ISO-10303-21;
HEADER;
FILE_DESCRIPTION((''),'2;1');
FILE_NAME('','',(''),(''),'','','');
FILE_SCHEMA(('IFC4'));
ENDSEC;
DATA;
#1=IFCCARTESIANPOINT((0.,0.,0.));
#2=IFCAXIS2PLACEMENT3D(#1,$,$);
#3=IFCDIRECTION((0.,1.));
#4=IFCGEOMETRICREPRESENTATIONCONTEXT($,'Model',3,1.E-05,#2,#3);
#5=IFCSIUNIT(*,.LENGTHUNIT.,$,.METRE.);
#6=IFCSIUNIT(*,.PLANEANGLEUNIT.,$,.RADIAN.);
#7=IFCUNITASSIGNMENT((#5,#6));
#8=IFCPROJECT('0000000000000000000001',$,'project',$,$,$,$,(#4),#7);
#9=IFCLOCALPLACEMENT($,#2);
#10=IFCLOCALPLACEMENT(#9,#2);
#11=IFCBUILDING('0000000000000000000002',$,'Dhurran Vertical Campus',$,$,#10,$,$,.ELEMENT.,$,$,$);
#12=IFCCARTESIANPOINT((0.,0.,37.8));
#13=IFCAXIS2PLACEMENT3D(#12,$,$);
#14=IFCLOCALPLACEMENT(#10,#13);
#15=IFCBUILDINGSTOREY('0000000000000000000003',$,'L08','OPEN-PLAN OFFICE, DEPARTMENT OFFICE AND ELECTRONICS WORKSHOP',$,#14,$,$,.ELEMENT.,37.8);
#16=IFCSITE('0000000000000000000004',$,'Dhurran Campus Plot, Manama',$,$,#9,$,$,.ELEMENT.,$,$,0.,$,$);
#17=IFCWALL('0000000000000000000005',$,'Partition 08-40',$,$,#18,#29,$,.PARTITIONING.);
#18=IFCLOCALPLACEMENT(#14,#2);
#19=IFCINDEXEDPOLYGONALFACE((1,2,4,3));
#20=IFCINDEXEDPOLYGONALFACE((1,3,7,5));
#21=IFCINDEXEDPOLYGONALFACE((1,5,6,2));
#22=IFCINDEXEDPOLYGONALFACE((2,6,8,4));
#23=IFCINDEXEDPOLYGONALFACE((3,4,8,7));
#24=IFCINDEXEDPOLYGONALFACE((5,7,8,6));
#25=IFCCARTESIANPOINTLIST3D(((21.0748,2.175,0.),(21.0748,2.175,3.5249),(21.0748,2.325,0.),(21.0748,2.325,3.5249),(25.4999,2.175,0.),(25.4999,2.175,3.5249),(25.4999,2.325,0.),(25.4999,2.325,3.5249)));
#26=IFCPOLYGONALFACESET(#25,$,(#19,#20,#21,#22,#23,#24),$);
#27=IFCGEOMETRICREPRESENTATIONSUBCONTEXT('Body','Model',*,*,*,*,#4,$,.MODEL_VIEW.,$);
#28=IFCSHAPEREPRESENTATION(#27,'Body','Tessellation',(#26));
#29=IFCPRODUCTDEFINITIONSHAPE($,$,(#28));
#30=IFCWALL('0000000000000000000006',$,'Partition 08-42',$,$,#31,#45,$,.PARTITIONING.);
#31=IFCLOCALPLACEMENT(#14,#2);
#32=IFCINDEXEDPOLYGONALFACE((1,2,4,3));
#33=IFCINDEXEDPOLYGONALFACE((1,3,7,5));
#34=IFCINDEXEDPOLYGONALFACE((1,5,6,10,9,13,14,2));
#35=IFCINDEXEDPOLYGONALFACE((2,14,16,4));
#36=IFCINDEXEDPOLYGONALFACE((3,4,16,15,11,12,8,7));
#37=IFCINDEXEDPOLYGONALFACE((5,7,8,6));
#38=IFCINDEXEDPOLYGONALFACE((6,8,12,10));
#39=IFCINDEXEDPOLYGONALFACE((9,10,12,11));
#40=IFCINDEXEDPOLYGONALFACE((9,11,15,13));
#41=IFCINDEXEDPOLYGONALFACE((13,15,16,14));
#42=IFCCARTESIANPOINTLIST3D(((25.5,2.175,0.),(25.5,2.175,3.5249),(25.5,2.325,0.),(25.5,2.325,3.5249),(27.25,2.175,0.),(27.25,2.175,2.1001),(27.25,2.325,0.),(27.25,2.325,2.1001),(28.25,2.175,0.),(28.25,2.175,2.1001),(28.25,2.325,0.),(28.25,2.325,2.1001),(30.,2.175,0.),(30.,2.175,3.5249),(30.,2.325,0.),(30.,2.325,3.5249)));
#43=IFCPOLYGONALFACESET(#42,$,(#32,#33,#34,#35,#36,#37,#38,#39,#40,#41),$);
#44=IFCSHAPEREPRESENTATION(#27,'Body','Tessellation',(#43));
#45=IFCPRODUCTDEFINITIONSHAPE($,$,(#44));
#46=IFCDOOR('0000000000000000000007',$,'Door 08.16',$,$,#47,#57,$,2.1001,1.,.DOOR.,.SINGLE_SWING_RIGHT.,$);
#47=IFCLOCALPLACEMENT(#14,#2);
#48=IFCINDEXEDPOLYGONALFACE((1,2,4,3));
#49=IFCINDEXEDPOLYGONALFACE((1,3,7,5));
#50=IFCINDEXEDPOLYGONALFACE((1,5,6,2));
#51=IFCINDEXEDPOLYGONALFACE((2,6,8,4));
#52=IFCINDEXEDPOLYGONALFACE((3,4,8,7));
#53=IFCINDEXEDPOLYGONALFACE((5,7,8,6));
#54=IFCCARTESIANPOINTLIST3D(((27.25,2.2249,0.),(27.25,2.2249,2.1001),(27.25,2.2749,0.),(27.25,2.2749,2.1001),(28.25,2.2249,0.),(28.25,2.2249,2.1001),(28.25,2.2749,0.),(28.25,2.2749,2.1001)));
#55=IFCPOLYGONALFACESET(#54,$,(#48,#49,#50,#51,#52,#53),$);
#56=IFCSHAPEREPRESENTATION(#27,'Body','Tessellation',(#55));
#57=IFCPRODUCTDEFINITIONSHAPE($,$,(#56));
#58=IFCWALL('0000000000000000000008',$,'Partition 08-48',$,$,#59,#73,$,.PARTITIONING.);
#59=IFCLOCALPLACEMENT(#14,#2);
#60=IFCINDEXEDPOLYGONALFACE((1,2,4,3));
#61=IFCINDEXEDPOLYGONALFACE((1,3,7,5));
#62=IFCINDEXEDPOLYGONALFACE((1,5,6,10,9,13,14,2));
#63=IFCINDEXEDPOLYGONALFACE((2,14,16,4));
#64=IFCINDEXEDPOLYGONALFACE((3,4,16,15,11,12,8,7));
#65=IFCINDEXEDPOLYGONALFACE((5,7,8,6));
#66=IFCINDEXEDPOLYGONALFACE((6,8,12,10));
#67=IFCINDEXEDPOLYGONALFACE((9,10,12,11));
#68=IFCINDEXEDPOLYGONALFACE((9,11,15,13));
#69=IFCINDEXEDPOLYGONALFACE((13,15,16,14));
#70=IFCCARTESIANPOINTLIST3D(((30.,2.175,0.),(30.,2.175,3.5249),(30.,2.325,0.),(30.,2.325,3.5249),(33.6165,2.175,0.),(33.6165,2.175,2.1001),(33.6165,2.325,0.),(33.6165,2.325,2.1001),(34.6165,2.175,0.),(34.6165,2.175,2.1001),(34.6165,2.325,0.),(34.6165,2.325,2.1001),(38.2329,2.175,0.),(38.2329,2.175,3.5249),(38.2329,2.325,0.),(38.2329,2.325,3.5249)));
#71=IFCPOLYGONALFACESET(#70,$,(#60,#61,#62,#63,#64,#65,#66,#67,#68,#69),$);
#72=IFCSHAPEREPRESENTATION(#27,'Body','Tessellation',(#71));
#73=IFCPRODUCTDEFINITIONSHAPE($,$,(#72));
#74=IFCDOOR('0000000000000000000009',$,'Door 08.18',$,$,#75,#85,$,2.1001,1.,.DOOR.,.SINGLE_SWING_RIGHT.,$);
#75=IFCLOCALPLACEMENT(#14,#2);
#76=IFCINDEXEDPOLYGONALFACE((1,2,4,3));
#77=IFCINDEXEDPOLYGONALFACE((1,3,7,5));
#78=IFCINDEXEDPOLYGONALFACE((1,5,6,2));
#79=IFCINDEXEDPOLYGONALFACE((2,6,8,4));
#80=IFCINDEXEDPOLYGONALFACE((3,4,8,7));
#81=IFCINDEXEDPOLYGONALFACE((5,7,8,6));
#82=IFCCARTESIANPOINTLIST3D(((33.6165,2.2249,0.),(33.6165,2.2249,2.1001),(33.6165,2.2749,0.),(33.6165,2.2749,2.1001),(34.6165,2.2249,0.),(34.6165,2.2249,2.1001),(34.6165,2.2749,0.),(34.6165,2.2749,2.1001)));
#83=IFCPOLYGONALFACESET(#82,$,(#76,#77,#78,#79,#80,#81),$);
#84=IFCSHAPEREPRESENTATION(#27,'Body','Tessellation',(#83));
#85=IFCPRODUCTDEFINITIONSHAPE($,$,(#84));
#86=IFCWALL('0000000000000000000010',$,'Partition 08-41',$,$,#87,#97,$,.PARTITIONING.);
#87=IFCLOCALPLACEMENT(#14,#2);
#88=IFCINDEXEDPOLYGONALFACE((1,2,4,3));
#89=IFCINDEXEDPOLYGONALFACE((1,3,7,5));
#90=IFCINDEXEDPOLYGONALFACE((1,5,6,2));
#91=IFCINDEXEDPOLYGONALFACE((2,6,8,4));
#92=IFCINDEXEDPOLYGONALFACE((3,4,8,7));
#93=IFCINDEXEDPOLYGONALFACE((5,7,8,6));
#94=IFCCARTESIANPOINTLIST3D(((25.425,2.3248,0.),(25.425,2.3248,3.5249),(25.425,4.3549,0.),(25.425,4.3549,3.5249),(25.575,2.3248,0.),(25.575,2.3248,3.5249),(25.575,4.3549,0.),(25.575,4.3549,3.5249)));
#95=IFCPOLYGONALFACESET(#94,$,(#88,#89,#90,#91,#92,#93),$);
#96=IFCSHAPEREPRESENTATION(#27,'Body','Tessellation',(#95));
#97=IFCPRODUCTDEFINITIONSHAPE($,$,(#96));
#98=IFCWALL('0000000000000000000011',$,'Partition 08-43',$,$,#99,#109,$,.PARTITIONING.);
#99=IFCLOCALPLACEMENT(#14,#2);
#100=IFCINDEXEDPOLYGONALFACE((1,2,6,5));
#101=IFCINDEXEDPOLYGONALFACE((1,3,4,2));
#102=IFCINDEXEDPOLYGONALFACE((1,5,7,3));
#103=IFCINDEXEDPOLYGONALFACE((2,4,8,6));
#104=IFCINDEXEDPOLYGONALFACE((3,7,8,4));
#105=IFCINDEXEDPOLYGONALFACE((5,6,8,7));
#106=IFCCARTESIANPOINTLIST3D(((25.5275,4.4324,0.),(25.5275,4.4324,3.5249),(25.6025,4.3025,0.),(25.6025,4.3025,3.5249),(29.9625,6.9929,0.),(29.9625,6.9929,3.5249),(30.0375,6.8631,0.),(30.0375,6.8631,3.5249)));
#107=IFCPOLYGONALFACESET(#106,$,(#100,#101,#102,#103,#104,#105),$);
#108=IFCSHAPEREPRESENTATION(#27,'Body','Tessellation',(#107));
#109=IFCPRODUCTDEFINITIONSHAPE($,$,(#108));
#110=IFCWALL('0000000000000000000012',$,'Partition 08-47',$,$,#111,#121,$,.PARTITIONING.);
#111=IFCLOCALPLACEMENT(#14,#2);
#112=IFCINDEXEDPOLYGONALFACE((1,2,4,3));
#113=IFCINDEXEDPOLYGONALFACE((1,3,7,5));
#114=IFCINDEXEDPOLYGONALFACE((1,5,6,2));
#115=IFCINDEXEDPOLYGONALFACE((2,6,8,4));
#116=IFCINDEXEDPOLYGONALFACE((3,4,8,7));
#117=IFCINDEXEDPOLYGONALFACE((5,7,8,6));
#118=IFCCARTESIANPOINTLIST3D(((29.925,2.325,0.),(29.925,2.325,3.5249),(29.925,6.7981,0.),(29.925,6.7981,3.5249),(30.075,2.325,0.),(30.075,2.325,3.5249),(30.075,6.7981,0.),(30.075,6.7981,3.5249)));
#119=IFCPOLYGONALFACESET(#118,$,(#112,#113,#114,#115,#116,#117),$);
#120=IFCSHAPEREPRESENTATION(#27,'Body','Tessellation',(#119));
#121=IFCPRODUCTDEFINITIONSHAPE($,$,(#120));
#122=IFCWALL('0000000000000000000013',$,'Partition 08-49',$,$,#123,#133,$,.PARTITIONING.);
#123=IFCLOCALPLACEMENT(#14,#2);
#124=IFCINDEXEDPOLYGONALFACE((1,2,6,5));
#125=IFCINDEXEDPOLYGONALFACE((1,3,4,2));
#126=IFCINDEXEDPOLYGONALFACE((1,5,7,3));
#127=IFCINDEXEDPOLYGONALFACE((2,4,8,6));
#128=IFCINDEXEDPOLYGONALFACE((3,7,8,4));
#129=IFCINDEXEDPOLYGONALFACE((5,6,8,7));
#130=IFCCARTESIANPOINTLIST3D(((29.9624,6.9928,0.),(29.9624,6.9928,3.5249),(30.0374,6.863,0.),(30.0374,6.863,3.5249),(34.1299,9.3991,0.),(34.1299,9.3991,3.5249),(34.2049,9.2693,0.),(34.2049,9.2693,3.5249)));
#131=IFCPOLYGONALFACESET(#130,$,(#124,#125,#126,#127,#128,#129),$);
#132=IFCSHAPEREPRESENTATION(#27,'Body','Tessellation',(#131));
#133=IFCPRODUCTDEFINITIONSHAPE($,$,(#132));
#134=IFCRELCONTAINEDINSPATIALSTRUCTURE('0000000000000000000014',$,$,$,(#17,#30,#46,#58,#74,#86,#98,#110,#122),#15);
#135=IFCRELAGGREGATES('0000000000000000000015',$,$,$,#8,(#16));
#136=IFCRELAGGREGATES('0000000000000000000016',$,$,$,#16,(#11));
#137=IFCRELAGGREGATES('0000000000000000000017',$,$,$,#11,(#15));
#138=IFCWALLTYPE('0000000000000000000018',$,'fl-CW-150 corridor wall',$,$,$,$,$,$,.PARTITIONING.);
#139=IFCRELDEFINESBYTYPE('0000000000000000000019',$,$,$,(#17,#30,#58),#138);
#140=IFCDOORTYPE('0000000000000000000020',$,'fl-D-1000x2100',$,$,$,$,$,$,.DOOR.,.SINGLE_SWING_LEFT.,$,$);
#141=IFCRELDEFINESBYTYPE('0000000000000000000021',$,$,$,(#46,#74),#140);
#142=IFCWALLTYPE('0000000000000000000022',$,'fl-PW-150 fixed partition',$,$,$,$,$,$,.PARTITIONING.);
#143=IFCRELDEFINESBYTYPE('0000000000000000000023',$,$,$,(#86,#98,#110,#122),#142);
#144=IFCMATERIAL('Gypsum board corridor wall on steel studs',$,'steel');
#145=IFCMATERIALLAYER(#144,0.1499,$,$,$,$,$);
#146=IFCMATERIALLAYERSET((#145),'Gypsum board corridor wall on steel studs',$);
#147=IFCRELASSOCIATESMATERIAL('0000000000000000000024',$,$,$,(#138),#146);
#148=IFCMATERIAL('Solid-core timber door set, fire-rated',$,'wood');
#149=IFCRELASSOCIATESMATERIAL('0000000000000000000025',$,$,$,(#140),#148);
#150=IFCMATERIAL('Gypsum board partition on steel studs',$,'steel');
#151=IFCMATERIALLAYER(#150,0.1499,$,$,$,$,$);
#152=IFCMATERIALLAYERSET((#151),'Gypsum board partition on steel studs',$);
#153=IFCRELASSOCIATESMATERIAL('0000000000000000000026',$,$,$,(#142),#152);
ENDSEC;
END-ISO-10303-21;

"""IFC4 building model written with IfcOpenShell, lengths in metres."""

from ifc_helpers import new_model, si_unit, direction, frame, frame_2d, origin, place, context, subcontext, project, spatial, rectangle, extrude, material, layer, layer_set, type_object, element, fill, save


model = new_model("IFC4")

# Units and contexts
model_context = context("Model", 3, precision=1e-05, world=origin(), true_north=direction((0.0, 1.0)))
body_context = subcontext(model_context, "Body", "Model", "MODEL_VIEW")
ifc_project = project(units=[si_unit("LENGTHUNIT", "METRE"), si_unit("PLANEANGLEUNIT", "RADIAN")], contexts=[model_context])

# Site, building, storey
site_placement = place(None, origin())
site = spatial("IfcSite", under=ifc_project, at=site_placement, Name="Dhurran Campus Plot, Manama", CompositionType="ELEMENT", RefElevation=0.0)
building_placement = place(site_placement, origin())
building = spatial("IfcBuilding", under=site, at=building_placement, Name="Dhurran Vertical Campus", CompositionType="ELEMENT")
storey_placement = place(building_placement, frame((0.0, 0.0, 37.8)))
storey = spatial("IfcBuildingStorey", under=building, at=storey_placement, Name="L08", Description="OPEN-PLAN OFFICE, DEPARTMENT OFFICE AND ELECTRONICS WORKSHOP", CompositionType="ELEMENT", Elevation=37.8)

# Shared definitions
ifc_material_1 = material(Name="Gypsum board corridor wall on steel studs", Category="steel")
ifc_layer_1 = layer(ifc_material_1, 0.1499)
ifc_layer_set_1 = layer_set([ifc_layer_1], Name="Gypsum board corridor wall on steel studs")
wall_type_1 = type_object("IfcWallType", Name="fl-CW-150 corridor wall", PredefinedType="PARTITIONING", material=ifc_layer_set_1)
ifc_material_2 = material(Name="Solid-core timber door set, fire-rated", Category="wood")
door_type_1 = type_object("IfcDoorType", Name="fl-D-1000x2100", OperationType="SINGLE_SWING_LEFT", PredefinedType="DOOR", material=ifc_material_2)

# Wall
wall_1_placement = place(storey_placement, frame((21.075, 2.25, 0.0), z_axis=(0.0, 0.0, 1.0), x_axis=(1.0, 0.0, 0.0)))
element("IfcWall", 1, at=wall_1_placement, inside=storey, type_object=wall_type_1, Name="Partition 08-40", PredefinedType="PARTITIONING", context=body_context, shape_type="SweptSolid", body=[
    extrude(rectangle(XDim=4.425, YDim=0.1499, at=frame_2d((2.2124, 0.0))), origin(), (0.0, 0.0, 1.0), 3.5249),
])

# Walls, openings, doors
wall_2_placement = place(storey_placement, frame((25.5, 2.25, 0.0), z_axis=(0.0, 0.0, 1.0), x_axis=(1.0, 0.0, 0.0)))
wall_2 = element("IfcWall", 2, at=wall_2_placement, inside=storey, type_object=wall_type_1, Name="Partition 08-42", PredefinedType="PARTITIONING", context=body_context, shape_type="SweptSolid", body=[
    extrude(rectangle(XDim=4.5, YDim=0.1499, at=frame_2d((2.25, 0.0))), origin(), (0.0, 0.0, 1.0), 3.5249),
])
opening_1_placement = place(wall_2_placement, frame((1.75, 0.0, 0.0)))
opening_1 = element("IfcOpeningElement", 3, at=opening_1_placement, cuts=wall_2, PredefinedType="OPENING", context=body_context, shape_type="SweptSolid", body=[
    extrude(rectangle(XDim=1.0, YDim=2.1001, at=frame_2d((0.5, 1.05))), frame((0.0, 0.085, 0.0), z_axis=(0.0, -1.0, 0.0), x_axis=(1.0, 0.0, 0.0)), (0.0, 0.0, 1.0), 0.1699),
])
door_1_placement = place(opening_1_placement, origin())
door_1 = element("IfcDoor", 4, at=door_1_placement, inside=storey, type_object=door_type_1, Name="Door 08.16", OperationType="SINGLE_SWING_RIGHT", OverallHeight=2.1001, OverallWidth=1.0, PredefinedType="DOOR", context=body_context, shape_type="SweptSolid", body=[
    extrude(rectangle(XDim=1.0, YDim=2.1001, at=frame_2d((0.5, 1.05))), frame((0.0, 0.0249, 0.0), z_axis=(0.0, -1.0, 0.0), x_axis=(1.0, 0.0, 0.0)), (0.0, 0.0, 1.0), 0.05),
])
fill(opening_1, door_1)
wall_3_placement = place(storey_placement, frame((30.0, 2.25, 0.0), z_axis=(0.0, 0.0, 1.0), x_axis=(1.0, 0.0, 0.0)))
wall_3 = element("IfcWall", 5, at=wall_3_placement, inside=storey, type_object=wall_type_1, Name="Partition 08-48", PredefinedType="PARTITIONING", context=body_context, shape_type="SweptSolid", body=[
    extrude(rectangle(XDim=8.2329, YDim=0.1499, at=frame_2d((4.1165, 0.0))), origin(), (0.0, 0.0, 1.0), 3.5249),
])
opening_2_placement = place(wall_3_placement, frame((3.6165, 0.0, 0.0)))
opening_2 = element("IfcOpeningElement", 6, at=opening_2_placement, cuts=wall_3, PredefinedType="OPENING", context=body_context, shape_type="SweptSolid", body=[
    extrude(rectangle(XDim=1.0, YDim=2.1001, at=frame_2d((0.5, 1.05))), frame((0.0, 0.085, 0.0), z_axis=(0.0, -1.0, 0.0), x_axis=(1.0, 0.0, 0.0)), (0.0, 0.0, 1.0), 0.1699),
])
door_2_placement = place(opening_2_placement, origin())
door_2 = element("IfcDoor", 7, at=door_2_placement, inside=storey, type_object=door_type_1, Name="Door 08.18", OperationType="SINGLE_SWING_RIGHT", OverallHeight=2.1001, OverallWidth=1.0, PredefinedType="DOOR", context=body_context, shape_type="SweptSolid", body=[
    extrude(rectangle(XDim=1.0, YDim=2.1001, at=frame_2d((0.5, 1.05))), frame((0.0, 0.0249, 0.0), z_axis=(0.0, -1.0, 0.0), x_axis=(1.0, 0.0, 0.0)), (0.0, 0.0, 1.0), 0.05),
])
fill(opening_2, door_2)

# Walls
ifc_material_3 = material(Name="Gypsum board partition on steel studs", Category="steel")
ifc_layer_2 = layer(ifc_material_3, 0.1499)
ifc_layer_set_2 = layer_set([ifc_layer_2], Name="Gypsum board partition on steel studs")
wall_type_2 = type_object("IfcWallType", Name="fl-PW-150 fixed partition", PredefinedType="PARTITIONING", material=ifc_layer_set_2)
wall_4_placement = place(storey_placement, frame((25.5, 4.355, 0.0), z_axis=(0.0, 0.0, 1.0), x_axis=(0.0, -1.0, 0.0)))
element("IfcWall", 8, at=wall_4_placement, inside=storey, type_object=wall_type_2, Name="Partition 08-41", PredefinedType="PARTITIONING", context=body_context, shape_type="SweptSolid", body=[
    extrude(rectangle(XDim=2.03, YDim=0.1499, at=frame_2d((1.0151, 0.0))), origin(), (0.0, 0.0, 1.0), 3.5249),
])
wall_5_placement = place(storey_placement, frame((30.0, 6.928, 0.0), z_axis=(0.0, 0.0, 1.0), x_axis=(-0.866028, -0.499995, 0.0)))
element("IfcWall", 9, at=wall_5_placement, inside=storey, type_object=wall_type_2, Name="Partition 08-43", PredefinedType="PARTITIONING", context=body_context, shape_type="SweptSolid", body=[
    extrude(rectangle(XDim=5.1211, YDim=0.1499, at=frame_2d((2.5605, 0.0))), origin(), (0.0, 0.0, 1.0), 3.5249),
])
wall_6_placement = place(storey_placement, frame((30.0, 6.7981, 0.0), z_axis=(0.0, 0.0, 1.0), x_axis=(0.0, -1.0, 0.0)))
element("IfcWall", 10, at=wall_6_placement, inside=storey, type_object=wall_type_2, Name="Partition 08-47", PredefinedType="PARTITIONING", context=body_context, shape_type="SweptSolid", body=[
    extrude(rectangle(XDim=4.4731, YDim=0.1499, at=frame_2d((2.2366, 0.0))), origin(), (0.0, 0.0, 1.0), 3.5249),
])
wall_7_placement = place(storey_placement, frame((34.1675, 9.3342, 0.0), z_axis=(0.0, 0.0, 1.0), x_axis=(-0.866012, -0.500024, 0.0)))
element("IfcWall", 11, at=wall_7_placement, inside=storey, type_object=wall_type_2, Name="Partition 08-49", PredefinedType="PARTITIONING", context=body_context, shape_type="SweptSolid", body=[
    extrude(rectangle(XDim=4.8123, YDim=0.1499, at=frame_2d((2.4062, 0.0))), origin(), (0.0, 0.0, 1.0), 3.5249),
])

save(model, "model.ifc")
